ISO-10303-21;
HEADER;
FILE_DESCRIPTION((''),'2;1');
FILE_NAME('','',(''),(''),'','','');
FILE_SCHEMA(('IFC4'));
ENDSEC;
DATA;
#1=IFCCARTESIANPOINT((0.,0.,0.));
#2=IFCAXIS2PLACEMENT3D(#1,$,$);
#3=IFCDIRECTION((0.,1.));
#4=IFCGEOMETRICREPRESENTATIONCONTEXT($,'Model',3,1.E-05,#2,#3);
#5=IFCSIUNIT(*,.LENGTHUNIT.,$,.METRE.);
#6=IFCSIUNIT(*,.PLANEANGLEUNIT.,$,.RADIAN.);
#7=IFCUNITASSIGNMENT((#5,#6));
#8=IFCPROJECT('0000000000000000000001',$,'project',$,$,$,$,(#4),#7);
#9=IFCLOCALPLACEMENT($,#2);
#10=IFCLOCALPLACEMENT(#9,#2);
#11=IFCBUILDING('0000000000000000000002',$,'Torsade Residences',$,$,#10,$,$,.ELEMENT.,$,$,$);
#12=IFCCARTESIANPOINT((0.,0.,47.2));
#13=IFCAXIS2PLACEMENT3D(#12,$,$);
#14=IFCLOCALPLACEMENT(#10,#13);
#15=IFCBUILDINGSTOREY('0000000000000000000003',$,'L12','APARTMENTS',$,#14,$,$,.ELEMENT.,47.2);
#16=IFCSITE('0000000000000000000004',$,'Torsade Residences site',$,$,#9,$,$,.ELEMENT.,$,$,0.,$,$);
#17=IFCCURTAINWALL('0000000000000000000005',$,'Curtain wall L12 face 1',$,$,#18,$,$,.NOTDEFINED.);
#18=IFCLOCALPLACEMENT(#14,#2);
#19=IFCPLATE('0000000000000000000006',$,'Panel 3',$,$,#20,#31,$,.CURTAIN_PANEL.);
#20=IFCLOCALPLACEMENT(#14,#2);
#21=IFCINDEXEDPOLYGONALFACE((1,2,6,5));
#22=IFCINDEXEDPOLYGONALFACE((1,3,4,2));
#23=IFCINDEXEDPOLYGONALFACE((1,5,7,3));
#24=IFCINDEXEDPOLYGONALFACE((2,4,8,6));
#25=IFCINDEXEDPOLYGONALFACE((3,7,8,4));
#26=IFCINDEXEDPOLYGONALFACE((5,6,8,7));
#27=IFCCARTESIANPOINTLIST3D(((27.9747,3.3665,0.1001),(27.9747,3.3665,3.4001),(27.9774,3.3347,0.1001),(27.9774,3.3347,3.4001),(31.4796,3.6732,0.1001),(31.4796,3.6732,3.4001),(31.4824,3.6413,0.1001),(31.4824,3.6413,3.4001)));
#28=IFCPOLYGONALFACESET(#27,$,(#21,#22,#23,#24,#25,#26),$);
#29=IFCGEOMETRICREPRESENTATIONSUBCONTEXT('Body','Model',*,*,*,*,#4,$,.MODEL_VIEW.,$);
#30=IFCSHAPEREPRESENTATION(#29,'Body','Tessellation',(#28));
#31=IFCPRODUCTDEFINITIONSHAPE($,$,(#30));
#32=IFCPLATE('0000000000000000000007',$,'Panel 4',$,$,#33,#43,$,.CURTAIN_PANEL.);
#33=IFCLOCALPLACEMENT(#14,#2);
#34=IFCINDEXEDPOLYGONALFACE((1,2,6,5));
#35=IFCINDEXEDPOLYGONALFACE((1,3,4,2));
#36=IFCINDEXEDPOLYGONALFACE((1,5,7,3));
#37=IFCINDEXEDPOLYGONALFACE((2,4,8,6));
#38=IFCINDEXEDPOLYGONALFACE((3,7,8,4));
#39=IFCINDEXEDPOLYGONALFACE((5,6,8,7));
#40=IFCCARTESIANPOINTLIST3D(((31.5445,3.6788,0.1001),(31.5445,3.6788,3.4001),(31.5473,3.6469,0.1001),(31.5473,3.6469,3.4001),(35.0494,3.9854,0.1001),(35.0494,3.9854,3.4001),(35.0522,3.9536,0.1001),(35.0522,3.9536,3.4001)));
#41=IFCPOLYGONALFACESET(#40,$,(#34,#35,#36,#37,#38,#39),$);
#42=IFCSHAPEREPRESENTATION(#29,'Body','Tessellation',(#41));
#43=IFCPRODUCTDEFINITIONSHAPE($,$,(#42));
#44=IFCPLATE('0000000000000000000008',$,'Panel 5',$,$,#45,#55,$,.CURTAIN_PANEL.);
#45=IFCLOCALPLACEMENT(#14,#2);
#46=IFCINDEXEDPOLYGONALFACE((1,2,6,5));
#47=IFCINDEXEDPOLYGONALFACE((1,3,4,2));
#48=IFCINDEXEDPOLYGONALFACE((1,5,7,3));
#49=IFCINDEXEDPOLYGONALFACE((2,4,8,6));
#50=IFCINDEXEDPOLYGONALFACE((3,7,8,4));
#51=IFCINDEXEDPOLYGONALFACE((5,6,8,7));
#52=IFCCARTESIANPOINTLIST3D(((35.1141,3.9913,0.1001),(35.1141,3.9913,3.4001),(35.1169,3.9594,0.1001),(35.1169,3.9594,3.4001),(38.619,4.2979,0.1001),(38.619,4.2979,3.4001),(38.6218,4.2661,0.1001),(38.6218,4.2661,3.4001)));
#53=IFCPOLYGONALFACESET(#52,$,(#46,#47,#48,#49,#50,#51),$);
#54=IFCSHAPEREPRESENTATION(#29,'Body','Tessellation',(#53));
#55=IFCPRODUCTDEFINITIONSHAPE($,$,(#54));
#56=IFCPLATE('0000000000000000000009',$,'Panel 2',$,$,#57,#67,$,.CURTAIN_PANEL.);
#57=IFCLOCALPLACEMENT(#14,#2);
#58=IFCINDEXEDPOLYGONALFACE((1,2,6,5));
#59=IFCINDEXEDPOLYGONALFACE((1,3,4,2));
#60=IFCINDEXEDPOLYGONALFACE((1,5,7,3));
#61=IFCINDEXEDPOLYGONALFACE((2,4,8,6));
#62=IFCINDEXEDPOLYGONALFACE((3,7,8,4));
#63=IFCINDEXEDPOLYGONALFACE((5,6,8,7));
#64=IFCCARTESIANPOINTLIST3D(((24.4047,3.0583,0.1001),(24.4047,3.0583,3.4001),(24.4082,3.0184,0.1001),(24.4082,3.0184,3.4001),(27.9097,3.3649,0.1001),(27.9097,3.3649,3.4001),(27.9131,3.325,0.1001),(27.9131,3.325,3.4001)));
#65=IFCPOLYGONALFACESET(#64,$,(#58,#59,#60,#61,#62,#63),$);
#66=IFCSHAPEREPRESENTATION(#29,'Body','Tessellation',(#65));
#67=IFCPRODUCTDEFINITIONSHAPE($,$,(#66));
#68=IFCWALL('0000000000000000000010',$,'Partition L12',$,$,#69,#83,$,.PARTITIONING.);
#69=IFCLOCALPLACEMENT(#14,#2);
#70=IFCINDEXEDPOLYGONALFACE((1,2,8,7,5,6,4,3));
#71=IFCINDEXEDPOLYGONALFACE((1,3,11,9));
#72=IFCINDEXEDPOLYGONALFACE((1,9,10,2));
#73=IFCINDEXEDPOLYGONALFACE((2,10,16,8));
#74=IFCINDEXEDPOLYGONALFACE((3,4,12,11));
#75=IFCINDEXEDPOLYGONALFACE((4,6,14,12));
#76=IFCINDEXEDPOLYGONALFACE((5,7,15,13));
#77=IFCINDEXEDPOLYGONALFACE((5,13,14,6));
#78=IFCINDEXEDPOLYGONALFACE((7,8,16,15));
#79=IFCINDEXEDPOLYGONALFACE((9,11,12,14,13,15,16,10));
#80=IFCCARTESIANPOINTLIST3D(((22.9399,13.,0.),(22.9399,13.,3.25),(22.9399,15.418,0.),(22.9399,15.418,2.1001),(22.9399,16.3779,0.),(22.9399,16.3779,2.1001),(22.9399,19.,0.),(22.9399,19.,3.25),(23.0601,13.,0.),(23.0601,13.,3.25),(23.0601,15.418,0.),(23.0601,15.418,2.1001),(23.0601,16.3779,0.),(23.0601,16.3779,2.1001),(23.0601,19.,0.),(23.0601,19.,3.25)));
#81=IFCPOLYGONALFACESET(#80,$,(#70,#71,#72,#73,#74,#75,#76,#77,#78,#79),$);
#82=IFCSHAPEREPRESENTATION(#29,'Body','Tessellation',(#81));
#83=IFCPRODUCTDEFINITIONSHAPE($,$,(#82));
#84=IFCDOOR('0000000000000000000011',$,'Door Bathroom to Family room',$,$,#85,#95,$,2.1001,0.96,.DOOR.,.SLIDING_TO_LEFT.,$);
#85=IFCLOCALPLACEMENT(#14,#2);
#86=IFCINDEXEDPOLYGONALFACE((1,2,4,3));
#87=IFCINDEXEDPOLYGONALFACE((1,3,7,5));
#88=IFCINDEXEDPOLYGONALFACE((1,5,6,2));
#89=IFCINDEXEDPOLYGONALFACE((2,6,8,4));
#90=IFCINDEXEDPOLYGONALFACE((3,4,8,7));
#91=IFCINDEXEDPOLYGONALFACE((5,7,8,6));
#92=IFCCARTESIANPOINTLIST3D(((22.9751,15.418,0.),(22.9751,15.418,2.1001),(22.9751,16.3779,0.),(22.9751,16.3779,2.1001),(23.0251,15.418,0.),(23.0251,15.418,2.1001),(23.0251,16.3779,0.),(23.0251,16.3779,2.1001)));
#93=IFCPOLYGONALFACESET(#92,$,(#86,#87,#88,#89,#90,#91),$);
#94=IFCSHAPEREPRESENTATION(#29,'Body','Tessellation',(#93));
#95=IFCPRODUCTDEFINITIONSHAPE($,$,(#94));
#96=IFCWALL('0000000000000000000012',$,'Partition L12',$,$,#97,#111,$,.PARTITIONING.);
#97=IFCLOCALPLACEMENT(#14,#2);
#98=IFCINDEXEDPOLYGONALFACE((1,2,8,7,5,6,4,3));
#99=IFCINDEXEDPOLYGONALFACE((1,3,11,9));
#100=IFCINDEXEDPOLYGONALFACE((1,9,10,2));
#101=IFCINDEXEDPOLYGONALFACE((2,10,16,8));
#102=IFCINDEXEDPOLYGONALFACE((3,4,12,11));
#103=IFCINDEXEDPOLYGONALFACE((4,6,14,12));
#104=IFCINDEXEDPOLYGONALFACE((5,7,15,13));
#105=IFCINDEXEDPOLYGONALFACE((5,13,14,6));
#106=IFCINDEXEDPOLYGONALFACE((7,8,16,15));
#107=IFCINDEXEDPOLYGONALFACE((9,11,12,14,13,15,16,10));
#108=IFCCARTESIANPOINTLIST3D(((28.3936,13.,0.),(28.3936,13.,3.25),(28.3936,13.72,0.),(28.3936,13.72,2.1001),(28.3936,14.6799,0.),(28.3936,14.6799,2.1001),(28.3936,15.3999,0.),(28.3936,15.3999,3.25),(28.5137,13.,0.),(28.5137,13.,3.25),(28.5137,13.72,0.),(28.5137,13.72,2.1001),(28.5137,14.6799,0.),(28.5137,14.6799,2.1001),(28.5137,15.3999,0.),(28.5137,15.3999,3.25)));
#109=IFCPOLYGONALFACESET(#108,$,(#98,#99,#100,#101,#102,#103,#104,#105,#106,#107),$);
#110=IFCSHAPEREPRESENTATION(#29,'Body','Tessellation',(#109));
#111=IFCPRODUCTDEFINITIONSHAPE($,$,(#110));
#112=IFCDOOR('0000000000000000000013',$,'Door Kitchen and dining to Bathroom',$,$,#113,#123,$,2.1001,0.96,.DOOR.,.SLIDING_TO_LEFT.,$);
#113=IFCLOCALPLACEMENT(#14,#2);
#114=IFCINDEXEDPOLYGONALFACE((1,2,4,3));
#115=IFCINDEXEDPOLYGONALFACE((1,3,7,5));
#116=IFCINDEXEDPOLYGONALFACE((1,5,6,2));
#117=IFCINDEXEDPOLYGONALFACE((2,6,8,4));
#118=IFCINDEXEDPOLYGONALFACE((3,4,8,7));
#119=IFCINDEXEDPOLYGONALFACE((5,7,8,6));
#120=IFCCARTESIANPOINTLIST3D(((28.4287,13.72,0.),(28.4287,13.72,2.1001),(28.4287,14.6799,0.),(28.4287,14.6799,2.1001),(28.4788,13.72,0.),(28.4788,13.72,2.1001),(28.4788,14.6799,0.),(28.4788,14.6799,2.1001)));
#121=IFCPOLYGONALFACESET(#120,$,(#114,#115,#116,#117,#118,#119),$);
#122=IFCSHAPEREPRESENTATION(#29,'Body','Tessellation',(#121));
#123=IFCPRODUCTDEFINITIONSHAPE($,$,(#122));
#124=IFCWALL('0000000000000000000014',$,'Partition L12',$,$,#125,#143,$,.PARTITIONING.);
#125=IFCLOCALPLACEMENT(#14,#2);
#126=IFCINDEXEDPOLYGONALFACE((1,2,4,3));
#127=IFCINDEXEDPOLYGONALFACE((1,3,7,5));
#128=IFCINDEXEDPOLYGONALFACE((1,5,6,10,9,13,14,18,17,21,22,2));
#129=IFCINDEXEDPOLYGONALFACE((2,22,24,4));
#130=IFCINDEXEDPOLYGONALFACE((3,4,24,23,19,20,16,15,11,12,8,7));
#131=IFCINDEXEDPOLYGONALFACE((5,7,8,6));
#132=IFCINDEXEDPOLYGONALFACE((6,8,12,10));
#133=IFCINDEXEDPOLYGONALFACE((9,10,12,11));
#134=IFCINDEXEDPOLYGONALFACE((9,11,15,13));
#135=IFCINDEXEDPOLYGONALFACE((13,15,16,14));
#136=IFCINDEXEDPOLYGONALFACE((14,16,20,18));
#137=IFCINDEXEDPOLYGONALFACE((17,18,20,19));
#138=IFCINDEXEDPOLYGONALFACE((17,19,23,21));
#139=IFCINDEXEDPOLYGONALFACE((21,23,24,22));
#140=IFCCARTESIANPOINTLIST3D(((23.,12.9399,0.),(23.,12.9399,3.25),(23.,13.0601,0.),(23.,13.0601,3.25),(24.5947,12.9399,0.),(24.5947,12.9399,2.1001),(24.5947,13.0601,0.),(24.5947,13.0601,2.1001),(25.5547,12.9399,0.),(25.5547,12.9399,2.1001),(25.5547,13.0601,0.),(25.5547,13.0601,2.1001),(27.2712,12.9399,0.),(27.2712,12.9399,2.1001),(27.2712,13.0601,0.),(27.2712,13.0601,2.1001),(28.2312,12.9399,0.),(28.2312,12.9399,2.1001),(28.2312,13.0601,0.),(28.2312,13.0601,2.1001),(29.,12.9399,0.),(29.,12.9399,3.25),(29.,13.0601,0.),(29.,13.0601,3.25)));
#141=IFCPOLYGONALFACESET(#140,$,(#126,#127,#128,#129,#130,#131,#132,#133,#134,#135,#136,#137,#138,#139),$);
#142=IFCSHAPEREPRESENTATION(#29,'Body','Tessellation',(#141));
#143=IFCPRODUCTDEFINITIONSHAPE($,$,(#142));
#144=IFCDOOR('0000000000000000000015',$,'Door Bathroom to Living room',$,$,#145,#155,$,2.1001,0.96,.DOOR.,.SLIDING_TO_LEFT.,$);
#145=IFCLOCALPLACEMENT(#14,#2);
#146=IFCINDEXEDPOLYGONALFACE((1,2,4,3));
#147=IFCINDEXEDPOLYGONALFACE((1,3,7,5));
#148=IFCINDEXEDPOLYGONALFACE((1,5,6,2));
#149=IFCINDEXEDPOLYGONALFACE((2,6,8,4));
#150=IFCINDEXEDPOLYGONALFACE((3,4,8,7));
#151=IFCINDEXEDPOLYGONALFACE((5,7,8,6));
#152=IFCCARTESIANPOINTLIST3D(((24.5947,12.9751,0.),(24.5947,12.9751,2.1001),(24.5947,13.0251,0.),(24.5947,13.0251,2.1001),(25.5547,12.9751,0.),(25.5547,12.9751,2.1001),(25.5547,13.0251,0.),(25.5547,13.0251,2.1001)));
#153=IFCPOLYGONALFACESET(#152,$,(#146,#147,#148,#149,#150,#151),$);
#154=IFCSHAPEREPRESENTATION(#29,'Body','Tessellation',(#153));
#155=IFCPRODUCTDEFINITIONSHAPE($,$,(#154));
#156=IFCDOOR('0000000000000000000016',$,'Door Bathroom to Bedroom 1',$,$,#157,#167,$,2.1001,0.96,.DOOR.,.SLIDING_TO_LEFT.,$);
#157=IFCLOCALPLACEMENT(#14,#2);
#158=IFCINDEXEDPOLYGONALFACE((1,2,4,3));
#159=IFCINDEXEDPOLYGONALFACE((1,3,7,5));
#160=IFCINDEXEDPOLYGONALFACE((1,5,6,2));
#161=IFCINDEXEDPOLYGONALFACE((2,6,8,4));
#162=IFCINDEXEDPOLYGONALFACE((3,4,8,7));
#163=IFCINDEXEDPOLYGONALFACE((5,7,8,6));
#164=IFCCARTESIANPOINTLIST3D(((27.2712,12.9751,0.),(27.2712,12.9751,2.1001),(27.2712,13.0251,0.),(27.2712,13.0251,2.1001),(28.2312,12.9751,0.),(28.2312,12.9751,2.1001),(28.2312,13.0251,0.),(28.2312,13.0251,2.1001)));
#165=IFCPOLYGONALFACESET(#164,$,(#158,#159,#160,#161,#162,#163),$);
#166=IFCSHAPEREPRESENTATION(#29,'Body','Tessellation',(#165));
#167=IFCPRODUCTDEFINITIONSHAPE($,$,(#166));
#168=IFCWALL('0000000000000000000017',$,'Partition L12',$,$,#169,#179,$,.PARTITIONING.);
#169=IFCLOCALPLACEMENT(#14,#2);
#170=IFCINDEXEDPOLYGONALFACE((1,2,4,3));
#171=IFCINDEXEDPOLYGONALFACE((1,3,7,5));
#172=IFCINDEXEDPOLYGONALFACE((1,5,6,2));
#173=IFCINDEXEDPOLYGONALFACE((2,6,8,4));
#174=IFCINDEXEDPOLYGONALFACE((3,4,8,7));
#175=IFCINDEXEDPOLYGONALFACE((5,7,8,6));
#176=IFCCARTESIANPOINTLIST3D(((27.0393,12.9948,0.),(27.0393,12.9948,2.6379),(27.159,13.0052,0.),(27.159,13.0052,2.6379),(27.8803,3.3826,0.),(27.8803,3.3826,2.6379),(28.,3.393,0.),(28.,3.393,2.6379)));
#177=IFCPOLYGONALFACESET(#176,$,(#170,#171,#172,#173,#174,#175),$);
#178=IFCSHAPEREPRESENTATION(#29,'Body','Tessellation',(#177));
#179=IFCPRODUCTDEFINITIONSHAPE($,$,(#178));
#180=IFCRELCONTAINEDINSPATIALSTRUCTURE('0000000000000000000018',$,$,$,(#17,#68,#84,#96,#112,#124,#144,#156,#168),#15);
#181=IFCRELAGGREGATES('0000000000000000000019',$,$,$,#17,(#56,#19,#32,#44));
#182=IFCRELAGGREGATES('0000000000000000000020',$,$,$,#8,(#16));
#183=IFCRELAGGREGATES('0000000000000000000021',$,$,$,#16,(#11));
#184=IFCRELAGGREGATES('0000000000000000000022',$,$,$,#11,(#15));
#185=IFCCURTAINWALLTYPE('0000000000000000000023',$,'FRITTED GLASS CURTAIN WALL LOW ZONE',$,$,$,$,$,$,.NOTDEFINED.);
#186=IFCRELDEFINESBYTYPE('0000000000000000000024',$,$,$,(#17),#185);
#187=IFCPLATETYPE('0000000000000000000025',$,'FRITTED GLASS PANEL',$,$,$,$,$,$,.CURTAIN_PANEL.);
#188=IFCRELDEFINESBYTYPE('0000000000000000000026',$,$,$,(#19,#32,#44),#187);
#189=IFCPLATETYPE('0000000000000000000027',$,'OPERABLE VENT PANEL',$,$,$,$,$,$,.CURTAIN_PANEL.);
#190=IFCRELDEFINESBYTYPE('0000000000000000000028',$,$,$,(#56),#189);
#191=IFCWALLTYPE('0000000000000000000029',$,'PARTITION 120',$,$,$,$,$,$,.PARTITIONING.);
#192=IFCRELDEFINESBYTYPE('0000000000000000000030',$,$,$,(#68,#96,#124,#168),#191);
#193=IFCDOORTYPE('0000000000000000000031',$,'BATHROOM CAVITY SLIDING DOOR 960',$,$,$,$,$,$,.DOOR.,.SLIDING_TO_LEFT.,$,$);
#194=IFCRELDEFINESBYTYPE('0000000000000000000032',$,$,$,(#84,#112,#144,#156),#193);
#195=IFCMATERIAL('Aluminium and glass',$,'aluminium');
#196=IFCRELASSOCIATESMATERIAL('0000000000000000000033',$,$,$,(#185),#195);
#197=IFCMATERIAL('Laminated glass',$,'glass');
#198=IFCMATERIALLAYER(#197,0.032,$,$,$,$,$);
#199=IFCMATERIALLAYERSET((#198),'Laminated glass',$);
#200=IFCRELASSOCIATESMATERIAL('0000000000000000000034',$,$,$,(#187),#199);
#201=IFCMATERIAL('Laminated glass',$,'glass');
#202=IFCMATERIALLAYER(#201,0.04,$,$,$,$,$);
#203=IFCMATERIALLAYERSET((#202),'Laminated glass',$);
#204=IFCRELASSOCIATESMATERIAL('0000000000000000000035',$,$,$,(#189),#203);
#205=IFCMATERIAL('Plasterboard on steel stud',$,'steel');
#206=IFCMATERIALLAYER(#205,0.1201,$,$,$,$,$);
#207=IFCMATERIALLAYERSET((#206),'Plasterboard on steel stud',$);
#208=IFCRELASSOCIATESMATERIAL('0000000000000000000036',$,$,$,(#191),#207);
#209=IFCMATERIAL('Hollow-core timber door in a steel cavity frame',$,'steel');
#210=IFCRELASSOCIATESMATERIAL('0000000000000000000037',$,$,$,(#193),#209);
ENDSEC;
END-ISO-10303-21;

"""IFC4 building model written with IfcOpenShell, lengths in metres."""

from ifc_helpers import new_model, si_unit, direction, frame, frame_2d, origin, origin_2d, place, context, subcontext, project, spatial, rectangle, extrude, material, layer, layer_set, type_object, element, fill, aggregate, save


model = new_model("IFC4")

# Units and contexts
model_context = context("Model", 3, precision=1e-05, world=origin(), true_north=direction((0.0, 1.0)))
body_context = subcontext(model_context, "Body", "Model", "MODEL_VIEW")
ifc_project = project(units=[si_unit("LENGTHUNIT", "METRE"), si_unit("PLANEANGLEUNIT", "RADIAN")], contexts=[model_context])

# Site, building, storey
site_placement = place(None, origin())
site = spatial("IfcSite", under=ifc_project, at=site_placement, Name="Torsade Residences site", CompositionType="ELEMENT", RefElevation=0.0)
building_placement = place(site_placement, origin())
building = spatial("IfcBuilding", under=site, at=building_placement, Name="Torsade Residences", CompositionType="ELEMENT")
storey_placement = place(building_placement, frame((0.0, 0.0, 47.2)))
storey = spatial("IfcBuildingStorey", under=building, at=storey_placement, Name="L12", Description="APARTMENTS", CompositionType="ELEMENT", Elevation=47.2)

# Curtain wall
ifc_material_1 = material(Name="Aluminium and glass", Category="aluminium")
curtain_wall_type = type_object("IfcCurtainWallType", Name="FRITTED GLASS CURTAIN WALL LOW ZONE", PredefinedType="NOTDEFINED", material=ifc_material_1)
curtain_wall_placement = place(storey_placement, origin())
curtain_wall = element("IfcCurtainWall", 1, at=curtain_wall_placement, inside=storey, type_object=curtain_wall_type, Name="Curtain wall L12 face 1", PredefinedType="NOTDEFINED")

# Plates
ifc_material_2 = material(Name="Laminated glass", Category="glass")
ifc_layer_1 = layer(ifc_material_2, 0.032)
ifc_layer_set_1 = layer_set([ifc_layer_1], Name="Laminated glass")
plate_type_1 = type_object("IfcPlateType", Name="FRITTED GLASS PANEL", PredefinedType="CURTAIN_PANEL", material=ifc_layer_set_1)
plate_1_placement = place(storey_placement, frame((29.7285, 3.5039, 0.1001), z_axis=(0.0, 0.0, 1.0), x_axis=(0.996195, 0.087156, 0.0)))
plate_1 = element("IfcPlate", 2, at=plate_1_placement, type_object=plate_type_1, Name="Panel 3", PredefinedType="CURTAIN_PANEL", context=body_context, shape_type="SweptSolid", body=[
    extrude(rectangle(XDim=3.5183, YDim=0.032, at=origin_2d()), origin(), (0.0, 0.0, 1.0), 3.3),
])
plate_2_placement = place(storey_placement, frame((33.2983, 3.8162, 0.1001), z_axis=(0.0, 0.0, 1.0), x_axis=(0.996195, 0.087156, 0.0)))
plate_2 = element("IfcPlate", 3, at=plate_2_placement, type_object=plate_type_1, Name="Panel 4", PredefinedType="CURTAIN_PANEL", context=body_context, shape_type="SweptSolid", body=[
    extrude(rectangle(XDim=3.5183, YDim=0.032, at=origin_2d()), origin(), (0.0, 0.0, 1.0), 3.3),
])
plate_3_placement = place(storey_placement, frame((36.8679, 4.1287, 0.1001), z_axis=(0.0, 0.0, 1.0), x_axis=(0.996195, 0.087156, 0.0)))
plate_3 = element("IfcPlate", 4, at=plate_3_placement, type_object=plate_type_1, Name="Panel 5", PredefinedType="CURTAIN_PANEL", context=body_context, shape_type="SweptSolid", body=[
    extrude(rectangle(XDim=3.5183, YDim=0.032, at=origin_2d()), origin(), (0.0, 0.0, 1.0), 3.3),
])
ifc_material_3 = material(Name="Laminated glass", Category="glass")
ifc_layer_2 = layer(ifc_material_3, 0.04)
ifc_layer_set_2 = layer_set([ifc_layer_2], Name="Laminated glass")
plate_type_2 = type_object("IfcPlateType", Name="OPERABLE VENT PANEL", PredefinedType="CURTAIN_PANEL", material=ifc_layer_set_2)
plate_4_placement = place(storey_placement, frame((26.1589, 3.1917, 0.1001), z_axis=(0.0, 0.0, 1.0), x_axis=(0.996195, 0.087156, 0.0)))
plate_4 = element("IfcPlate", 5, at=plate_4_placement, type_object=plate_type_2, Name="Panel 2", PredefinedType="CURTAIN_PANEL", context=body_context, shape_type="SweptSolid", body=[
    extrude(rectangle(XDim=3.5183, YDim=0.04, at=origin_2d()), origin(), (0.0, 0.0, 1.0), 3.3),
])
aggregate(curtain_wall, [plate_4, plate_1, plate_2, plate_3])

# Walls, openings, doors
ifc_material_4 = material(Name="Plasterboard on steel stud", Category="steel")
ifc_layer_3 = layer(ifc_material_4, 0.1201)
ifc_layer_set_3 = layer_set([ifc_layer_3], Name="Plasterboard on steel stud")
wall_type_1 = type_object("IfcWallType", Name="PARTITION 120", PredefinedType="PARTITIONING", material=ifc_layer_set_3)
wall_1_placement = place(storey_placement, frame((23.0, 13.0, 0.0), z_axis=(0.0, 0.0, 1.0), x_axis=(0.0, 1.0, 0.0)))
wall_1 = element("IfcWall", 6, at=wall_1_placement, inside=storey, type_object=wall_type_1, Name="Partition L12", PredefinedType="PARTITIONING", context=body_context, shape_type="SweptSolid", body=[
    extrude(rectangle(XDim=6.0, YDim=0.1201, at=frame_2d((3.0, 0.0))), origin(), (0.0, 0.0, 1.0), 3.25),
])
opening_1_placement = place(wall_1_placement, frame((2.418, 0.0, 0.0)))
opening_1 = element("IfcOpeningElement", 7, at=opening_1_placement, cuts=wall_1, PredefinedType="OPENING", context=body_context, shape_type="SweptSolid", body=[
    extrude(rectangle(XDim=0.96, YDim=2.1001, at=frame_2d((0.48, 1.05))), frame((0.0, 0.0701, 0.0), z_axis=(0.0, -1.0, 0.0), x_axis=(1.0, 0.0, 0.0)), (0.0, 0.0, 1.0), 0.1401),
])
ifc_material_5 = material(Name="Hollow-core timber door in a steel cavity frame", Category="steel")
door_type_1 = type_object("IfcDoorType", Name="BATHROOM CAVITY SLIDING DOOR 960", OperationType="SLIDING_TO_LEFT", PredefinedType="DOOR", material=ifc_material_5)
door_1_placement = place(opening_1_placement, origin())
door_1 = element("IfcDoor", 8, at=door_1_placement, inside=storey, type_object=door_type_1, Name="Door Bathroom to Family room", OperationType="SLIDING_TO_LEFT", OverallHeight=2.1001, OverallWidth=0.96, PredefinedType="DOOR", context=body_context, shape_type="SweptSolid", body=[
    extrude(rectangle(XDim=0.96, YDim=2.1001, at=frame_2d((0.48, 1.05))), frame((0.0, 0.0249, 0.0), z_axis=(0.0, -1.0, 0.0), x_axis=(1.0, 0.0, 0.0)), (0.0, 0.0, 1.0), 0.05),
])
fill(opening_1, door_1)
wall_2_placement = place(storey_placement, frame((28.4536, 13.0, 0.0), z_axis=(0.0, 0.0, 1.0), x_axis=(0.0, 1.0, 0.0)))
wall_2 = element("IfcWall", 9, at=wall_2_placement, inside=storey, type_object=wall_type_1, Name="Partition L12", PredefinedType="PARTITIONING", context=body_context, shape_type="SweptSolid", body=[
    extrude(rectangle(XDim=2.3999, YDim=0.1201, at=frame_2d((1.2, 0.0))), origin(), (0.0, 0.0, 1.0), 3.25),
])
opening_2_placement = place(wall_2_placement, frame((0.72, 0.0, 0.0)))
opening_2 = element("IfcOpeningElement", 10, at=opening_2_placement, cuts=wall_2, PredefinedType="OPENING", context=body_context, shape_type="SweptSolid", body=[
    extrude(rectangle(XDim=0.96, YDim=2.1001, at=frame_2d((0.48, 1.05))), frame((0.0, 0.0701, 0.0), z_axis=(0.0, -1.0, 0.0), x_axis=(1.0, 0.0, 0.0)), (0.0, 0.0, 1.0), 0.1401),
])
door_2_placement = place(opening_2_placement, origin())
door_2 = element("IfcDoor", 11, at=door_2_placement, inside=storey, type_object=door_type_1, Name="Door Kitchen and dining to Bathroom", OperationType="SLIDING_TO_LEFT", OverallHeight=2.1001, OverallWidth=0.96, PredefinedType="DOOR", context=body_context, shape_type="SweptSolid", body=[
    extrude(rectangle(XDim=0.96, YDim=2.1001, at=frame_2d((0.48, 1.05))), frame((0.0, 0.0249, 0.0), z_axis=(0.0, -1.0, 0.0), x_axis=(1.0, 0.0, 0.0)), (0.0, 0.0, 1.0), 0.05),
])
fill(opening_2, door_2)

# Wall, openings, doors
wall_3_placement = place(storey_placement, frame((29.0, 13.0, 0.0), z_axis=(0.0, 0.0, 1.0), x_axis=(-1.0, 0.0, 0.0)))
wall_3 = element("IfcWall", 12, at=wall_3_placement, inside=storey, type_object=wall_type_1, Name="Partition L12", PredefinedType="PARTITIONING", context=body_context, shape_type="SweptSolid", body=[
    extrude(rectangle(XDim=6.0, YDim=0.1201, at=frame_2d((3.0, 0.0))), origin(), (0.0, 0.0, 1.0), 3.25),
])
opening_3_placement = place(wall_3_placement, frame((3.4453, 0.0, 0.0)))
opening_3 = element("IfcOpeningElement", 13, at=opening_3_placement, cuts=wall_3, PredefinedType="OPENING", context=body_context, shape_type="SweptSolid", body=[
    extrude(rectangle(XDim=0.96, YDim=2.1001, at=frame_2d((0.48, 1.05))), frame((0.0, 0.0701, 0.0), z_axis=(0.0, -1.0, 0.0), x_axis=(1.0, 0.0, 0.0)), (0.0, 0.0, 1.0), 0.1401),
])
opening_4_placement = place(wall_3_placement, frame((0.7688, 0.0, 0.0)))
opening_4 = element("IfcOpeningElement", 14, at=opening_4_placement, cuts=wall_3, PredefinedType="OPENING", context=body_context, shape_type="SweptSolid", body=[
    extrude(rectangle(XDim=0.96, YDim=2.1001, at=frame_2d((0.48, 1.05))), frame((0.0, 0.0701, 0.0), z_axis=(0.0, -1.0, 0.0), x_axis=(1.0, 0.0, 0.0)), (0.0, 0.0, 1.0), 0.1401),
])
door_3_placement = place(opening_3_placement, origin())
door_3 = element("IfcDoor", 15, at=door_3_placement, inside=storey, type_object=door_type_1, Name="Door Bathroom to Living room", OperationType="SLIDING_TO_LEFT", OverallHeight=2.1001, OverallWidth=0.96, PredefinedType="DOOR", context=body_context, shape_type="SweptSolid", body=[
    extrude(rectangle(XDim=0.96, YDim=2.1001, at=frame_2d((0.48, 1.05))), frame((0.0, 0.0249, 0.0), z_axis=(0.0, -1.0, 0.0), x_axis=(1.0, 0.0, 0.0)), (0.0, 0.0, 1.0), 0.05),
])
fill(opening_3, door_3)
door_4_placement = place(opening_4_placement, origin())
door_4 = element("IfcDoor", 16, at=door_4_placement, inside=storey, type_object=door_type_1, Name="Door Bathroom to Bedroom 1", OperationType="SLIDING_TO_LEFT", OverallHeight=2.1001, OverallWidth=0.96, PredefinedType="DOOR", context=body_context, shape_type="SweptSolid", body=[
    extrude(rectangle(XDim=0.96, YDim=2.1001, at=frame_2d((0.48, 1.05))), frame((0.0, 0.0249, 0.0), z_axis=(0.0, -1.0, 0.0), x_axis=(1.0, 0.0, 0.0)), (0.0, 0.0, 1.0), 0.05),
])
fill(opening_4, door_4)

# Wall
wall_4_placement = place(storey_placement, frame((27.0991, 13.0, 0.0), z_axis=(0.0, 0.0, 1.0), x_axis=(0.087166, -0.996194, 0.0)))
element("IfcWall", 17, at=wall_4_placement, inside=storey, type_object=wall_type_1, Name="Partition L12", PredefinedType="PARTITIONING", context=body_context, shape_type="SweptSolid", body=[
    extrude(rectangle(XDim=9.6489, YDim=0.1201, at=frame_2d((4.8245, 0.0))), origin(), (0.0, 0.0, 1.0), 2.6379),
])

save(model, "model.ifc")
